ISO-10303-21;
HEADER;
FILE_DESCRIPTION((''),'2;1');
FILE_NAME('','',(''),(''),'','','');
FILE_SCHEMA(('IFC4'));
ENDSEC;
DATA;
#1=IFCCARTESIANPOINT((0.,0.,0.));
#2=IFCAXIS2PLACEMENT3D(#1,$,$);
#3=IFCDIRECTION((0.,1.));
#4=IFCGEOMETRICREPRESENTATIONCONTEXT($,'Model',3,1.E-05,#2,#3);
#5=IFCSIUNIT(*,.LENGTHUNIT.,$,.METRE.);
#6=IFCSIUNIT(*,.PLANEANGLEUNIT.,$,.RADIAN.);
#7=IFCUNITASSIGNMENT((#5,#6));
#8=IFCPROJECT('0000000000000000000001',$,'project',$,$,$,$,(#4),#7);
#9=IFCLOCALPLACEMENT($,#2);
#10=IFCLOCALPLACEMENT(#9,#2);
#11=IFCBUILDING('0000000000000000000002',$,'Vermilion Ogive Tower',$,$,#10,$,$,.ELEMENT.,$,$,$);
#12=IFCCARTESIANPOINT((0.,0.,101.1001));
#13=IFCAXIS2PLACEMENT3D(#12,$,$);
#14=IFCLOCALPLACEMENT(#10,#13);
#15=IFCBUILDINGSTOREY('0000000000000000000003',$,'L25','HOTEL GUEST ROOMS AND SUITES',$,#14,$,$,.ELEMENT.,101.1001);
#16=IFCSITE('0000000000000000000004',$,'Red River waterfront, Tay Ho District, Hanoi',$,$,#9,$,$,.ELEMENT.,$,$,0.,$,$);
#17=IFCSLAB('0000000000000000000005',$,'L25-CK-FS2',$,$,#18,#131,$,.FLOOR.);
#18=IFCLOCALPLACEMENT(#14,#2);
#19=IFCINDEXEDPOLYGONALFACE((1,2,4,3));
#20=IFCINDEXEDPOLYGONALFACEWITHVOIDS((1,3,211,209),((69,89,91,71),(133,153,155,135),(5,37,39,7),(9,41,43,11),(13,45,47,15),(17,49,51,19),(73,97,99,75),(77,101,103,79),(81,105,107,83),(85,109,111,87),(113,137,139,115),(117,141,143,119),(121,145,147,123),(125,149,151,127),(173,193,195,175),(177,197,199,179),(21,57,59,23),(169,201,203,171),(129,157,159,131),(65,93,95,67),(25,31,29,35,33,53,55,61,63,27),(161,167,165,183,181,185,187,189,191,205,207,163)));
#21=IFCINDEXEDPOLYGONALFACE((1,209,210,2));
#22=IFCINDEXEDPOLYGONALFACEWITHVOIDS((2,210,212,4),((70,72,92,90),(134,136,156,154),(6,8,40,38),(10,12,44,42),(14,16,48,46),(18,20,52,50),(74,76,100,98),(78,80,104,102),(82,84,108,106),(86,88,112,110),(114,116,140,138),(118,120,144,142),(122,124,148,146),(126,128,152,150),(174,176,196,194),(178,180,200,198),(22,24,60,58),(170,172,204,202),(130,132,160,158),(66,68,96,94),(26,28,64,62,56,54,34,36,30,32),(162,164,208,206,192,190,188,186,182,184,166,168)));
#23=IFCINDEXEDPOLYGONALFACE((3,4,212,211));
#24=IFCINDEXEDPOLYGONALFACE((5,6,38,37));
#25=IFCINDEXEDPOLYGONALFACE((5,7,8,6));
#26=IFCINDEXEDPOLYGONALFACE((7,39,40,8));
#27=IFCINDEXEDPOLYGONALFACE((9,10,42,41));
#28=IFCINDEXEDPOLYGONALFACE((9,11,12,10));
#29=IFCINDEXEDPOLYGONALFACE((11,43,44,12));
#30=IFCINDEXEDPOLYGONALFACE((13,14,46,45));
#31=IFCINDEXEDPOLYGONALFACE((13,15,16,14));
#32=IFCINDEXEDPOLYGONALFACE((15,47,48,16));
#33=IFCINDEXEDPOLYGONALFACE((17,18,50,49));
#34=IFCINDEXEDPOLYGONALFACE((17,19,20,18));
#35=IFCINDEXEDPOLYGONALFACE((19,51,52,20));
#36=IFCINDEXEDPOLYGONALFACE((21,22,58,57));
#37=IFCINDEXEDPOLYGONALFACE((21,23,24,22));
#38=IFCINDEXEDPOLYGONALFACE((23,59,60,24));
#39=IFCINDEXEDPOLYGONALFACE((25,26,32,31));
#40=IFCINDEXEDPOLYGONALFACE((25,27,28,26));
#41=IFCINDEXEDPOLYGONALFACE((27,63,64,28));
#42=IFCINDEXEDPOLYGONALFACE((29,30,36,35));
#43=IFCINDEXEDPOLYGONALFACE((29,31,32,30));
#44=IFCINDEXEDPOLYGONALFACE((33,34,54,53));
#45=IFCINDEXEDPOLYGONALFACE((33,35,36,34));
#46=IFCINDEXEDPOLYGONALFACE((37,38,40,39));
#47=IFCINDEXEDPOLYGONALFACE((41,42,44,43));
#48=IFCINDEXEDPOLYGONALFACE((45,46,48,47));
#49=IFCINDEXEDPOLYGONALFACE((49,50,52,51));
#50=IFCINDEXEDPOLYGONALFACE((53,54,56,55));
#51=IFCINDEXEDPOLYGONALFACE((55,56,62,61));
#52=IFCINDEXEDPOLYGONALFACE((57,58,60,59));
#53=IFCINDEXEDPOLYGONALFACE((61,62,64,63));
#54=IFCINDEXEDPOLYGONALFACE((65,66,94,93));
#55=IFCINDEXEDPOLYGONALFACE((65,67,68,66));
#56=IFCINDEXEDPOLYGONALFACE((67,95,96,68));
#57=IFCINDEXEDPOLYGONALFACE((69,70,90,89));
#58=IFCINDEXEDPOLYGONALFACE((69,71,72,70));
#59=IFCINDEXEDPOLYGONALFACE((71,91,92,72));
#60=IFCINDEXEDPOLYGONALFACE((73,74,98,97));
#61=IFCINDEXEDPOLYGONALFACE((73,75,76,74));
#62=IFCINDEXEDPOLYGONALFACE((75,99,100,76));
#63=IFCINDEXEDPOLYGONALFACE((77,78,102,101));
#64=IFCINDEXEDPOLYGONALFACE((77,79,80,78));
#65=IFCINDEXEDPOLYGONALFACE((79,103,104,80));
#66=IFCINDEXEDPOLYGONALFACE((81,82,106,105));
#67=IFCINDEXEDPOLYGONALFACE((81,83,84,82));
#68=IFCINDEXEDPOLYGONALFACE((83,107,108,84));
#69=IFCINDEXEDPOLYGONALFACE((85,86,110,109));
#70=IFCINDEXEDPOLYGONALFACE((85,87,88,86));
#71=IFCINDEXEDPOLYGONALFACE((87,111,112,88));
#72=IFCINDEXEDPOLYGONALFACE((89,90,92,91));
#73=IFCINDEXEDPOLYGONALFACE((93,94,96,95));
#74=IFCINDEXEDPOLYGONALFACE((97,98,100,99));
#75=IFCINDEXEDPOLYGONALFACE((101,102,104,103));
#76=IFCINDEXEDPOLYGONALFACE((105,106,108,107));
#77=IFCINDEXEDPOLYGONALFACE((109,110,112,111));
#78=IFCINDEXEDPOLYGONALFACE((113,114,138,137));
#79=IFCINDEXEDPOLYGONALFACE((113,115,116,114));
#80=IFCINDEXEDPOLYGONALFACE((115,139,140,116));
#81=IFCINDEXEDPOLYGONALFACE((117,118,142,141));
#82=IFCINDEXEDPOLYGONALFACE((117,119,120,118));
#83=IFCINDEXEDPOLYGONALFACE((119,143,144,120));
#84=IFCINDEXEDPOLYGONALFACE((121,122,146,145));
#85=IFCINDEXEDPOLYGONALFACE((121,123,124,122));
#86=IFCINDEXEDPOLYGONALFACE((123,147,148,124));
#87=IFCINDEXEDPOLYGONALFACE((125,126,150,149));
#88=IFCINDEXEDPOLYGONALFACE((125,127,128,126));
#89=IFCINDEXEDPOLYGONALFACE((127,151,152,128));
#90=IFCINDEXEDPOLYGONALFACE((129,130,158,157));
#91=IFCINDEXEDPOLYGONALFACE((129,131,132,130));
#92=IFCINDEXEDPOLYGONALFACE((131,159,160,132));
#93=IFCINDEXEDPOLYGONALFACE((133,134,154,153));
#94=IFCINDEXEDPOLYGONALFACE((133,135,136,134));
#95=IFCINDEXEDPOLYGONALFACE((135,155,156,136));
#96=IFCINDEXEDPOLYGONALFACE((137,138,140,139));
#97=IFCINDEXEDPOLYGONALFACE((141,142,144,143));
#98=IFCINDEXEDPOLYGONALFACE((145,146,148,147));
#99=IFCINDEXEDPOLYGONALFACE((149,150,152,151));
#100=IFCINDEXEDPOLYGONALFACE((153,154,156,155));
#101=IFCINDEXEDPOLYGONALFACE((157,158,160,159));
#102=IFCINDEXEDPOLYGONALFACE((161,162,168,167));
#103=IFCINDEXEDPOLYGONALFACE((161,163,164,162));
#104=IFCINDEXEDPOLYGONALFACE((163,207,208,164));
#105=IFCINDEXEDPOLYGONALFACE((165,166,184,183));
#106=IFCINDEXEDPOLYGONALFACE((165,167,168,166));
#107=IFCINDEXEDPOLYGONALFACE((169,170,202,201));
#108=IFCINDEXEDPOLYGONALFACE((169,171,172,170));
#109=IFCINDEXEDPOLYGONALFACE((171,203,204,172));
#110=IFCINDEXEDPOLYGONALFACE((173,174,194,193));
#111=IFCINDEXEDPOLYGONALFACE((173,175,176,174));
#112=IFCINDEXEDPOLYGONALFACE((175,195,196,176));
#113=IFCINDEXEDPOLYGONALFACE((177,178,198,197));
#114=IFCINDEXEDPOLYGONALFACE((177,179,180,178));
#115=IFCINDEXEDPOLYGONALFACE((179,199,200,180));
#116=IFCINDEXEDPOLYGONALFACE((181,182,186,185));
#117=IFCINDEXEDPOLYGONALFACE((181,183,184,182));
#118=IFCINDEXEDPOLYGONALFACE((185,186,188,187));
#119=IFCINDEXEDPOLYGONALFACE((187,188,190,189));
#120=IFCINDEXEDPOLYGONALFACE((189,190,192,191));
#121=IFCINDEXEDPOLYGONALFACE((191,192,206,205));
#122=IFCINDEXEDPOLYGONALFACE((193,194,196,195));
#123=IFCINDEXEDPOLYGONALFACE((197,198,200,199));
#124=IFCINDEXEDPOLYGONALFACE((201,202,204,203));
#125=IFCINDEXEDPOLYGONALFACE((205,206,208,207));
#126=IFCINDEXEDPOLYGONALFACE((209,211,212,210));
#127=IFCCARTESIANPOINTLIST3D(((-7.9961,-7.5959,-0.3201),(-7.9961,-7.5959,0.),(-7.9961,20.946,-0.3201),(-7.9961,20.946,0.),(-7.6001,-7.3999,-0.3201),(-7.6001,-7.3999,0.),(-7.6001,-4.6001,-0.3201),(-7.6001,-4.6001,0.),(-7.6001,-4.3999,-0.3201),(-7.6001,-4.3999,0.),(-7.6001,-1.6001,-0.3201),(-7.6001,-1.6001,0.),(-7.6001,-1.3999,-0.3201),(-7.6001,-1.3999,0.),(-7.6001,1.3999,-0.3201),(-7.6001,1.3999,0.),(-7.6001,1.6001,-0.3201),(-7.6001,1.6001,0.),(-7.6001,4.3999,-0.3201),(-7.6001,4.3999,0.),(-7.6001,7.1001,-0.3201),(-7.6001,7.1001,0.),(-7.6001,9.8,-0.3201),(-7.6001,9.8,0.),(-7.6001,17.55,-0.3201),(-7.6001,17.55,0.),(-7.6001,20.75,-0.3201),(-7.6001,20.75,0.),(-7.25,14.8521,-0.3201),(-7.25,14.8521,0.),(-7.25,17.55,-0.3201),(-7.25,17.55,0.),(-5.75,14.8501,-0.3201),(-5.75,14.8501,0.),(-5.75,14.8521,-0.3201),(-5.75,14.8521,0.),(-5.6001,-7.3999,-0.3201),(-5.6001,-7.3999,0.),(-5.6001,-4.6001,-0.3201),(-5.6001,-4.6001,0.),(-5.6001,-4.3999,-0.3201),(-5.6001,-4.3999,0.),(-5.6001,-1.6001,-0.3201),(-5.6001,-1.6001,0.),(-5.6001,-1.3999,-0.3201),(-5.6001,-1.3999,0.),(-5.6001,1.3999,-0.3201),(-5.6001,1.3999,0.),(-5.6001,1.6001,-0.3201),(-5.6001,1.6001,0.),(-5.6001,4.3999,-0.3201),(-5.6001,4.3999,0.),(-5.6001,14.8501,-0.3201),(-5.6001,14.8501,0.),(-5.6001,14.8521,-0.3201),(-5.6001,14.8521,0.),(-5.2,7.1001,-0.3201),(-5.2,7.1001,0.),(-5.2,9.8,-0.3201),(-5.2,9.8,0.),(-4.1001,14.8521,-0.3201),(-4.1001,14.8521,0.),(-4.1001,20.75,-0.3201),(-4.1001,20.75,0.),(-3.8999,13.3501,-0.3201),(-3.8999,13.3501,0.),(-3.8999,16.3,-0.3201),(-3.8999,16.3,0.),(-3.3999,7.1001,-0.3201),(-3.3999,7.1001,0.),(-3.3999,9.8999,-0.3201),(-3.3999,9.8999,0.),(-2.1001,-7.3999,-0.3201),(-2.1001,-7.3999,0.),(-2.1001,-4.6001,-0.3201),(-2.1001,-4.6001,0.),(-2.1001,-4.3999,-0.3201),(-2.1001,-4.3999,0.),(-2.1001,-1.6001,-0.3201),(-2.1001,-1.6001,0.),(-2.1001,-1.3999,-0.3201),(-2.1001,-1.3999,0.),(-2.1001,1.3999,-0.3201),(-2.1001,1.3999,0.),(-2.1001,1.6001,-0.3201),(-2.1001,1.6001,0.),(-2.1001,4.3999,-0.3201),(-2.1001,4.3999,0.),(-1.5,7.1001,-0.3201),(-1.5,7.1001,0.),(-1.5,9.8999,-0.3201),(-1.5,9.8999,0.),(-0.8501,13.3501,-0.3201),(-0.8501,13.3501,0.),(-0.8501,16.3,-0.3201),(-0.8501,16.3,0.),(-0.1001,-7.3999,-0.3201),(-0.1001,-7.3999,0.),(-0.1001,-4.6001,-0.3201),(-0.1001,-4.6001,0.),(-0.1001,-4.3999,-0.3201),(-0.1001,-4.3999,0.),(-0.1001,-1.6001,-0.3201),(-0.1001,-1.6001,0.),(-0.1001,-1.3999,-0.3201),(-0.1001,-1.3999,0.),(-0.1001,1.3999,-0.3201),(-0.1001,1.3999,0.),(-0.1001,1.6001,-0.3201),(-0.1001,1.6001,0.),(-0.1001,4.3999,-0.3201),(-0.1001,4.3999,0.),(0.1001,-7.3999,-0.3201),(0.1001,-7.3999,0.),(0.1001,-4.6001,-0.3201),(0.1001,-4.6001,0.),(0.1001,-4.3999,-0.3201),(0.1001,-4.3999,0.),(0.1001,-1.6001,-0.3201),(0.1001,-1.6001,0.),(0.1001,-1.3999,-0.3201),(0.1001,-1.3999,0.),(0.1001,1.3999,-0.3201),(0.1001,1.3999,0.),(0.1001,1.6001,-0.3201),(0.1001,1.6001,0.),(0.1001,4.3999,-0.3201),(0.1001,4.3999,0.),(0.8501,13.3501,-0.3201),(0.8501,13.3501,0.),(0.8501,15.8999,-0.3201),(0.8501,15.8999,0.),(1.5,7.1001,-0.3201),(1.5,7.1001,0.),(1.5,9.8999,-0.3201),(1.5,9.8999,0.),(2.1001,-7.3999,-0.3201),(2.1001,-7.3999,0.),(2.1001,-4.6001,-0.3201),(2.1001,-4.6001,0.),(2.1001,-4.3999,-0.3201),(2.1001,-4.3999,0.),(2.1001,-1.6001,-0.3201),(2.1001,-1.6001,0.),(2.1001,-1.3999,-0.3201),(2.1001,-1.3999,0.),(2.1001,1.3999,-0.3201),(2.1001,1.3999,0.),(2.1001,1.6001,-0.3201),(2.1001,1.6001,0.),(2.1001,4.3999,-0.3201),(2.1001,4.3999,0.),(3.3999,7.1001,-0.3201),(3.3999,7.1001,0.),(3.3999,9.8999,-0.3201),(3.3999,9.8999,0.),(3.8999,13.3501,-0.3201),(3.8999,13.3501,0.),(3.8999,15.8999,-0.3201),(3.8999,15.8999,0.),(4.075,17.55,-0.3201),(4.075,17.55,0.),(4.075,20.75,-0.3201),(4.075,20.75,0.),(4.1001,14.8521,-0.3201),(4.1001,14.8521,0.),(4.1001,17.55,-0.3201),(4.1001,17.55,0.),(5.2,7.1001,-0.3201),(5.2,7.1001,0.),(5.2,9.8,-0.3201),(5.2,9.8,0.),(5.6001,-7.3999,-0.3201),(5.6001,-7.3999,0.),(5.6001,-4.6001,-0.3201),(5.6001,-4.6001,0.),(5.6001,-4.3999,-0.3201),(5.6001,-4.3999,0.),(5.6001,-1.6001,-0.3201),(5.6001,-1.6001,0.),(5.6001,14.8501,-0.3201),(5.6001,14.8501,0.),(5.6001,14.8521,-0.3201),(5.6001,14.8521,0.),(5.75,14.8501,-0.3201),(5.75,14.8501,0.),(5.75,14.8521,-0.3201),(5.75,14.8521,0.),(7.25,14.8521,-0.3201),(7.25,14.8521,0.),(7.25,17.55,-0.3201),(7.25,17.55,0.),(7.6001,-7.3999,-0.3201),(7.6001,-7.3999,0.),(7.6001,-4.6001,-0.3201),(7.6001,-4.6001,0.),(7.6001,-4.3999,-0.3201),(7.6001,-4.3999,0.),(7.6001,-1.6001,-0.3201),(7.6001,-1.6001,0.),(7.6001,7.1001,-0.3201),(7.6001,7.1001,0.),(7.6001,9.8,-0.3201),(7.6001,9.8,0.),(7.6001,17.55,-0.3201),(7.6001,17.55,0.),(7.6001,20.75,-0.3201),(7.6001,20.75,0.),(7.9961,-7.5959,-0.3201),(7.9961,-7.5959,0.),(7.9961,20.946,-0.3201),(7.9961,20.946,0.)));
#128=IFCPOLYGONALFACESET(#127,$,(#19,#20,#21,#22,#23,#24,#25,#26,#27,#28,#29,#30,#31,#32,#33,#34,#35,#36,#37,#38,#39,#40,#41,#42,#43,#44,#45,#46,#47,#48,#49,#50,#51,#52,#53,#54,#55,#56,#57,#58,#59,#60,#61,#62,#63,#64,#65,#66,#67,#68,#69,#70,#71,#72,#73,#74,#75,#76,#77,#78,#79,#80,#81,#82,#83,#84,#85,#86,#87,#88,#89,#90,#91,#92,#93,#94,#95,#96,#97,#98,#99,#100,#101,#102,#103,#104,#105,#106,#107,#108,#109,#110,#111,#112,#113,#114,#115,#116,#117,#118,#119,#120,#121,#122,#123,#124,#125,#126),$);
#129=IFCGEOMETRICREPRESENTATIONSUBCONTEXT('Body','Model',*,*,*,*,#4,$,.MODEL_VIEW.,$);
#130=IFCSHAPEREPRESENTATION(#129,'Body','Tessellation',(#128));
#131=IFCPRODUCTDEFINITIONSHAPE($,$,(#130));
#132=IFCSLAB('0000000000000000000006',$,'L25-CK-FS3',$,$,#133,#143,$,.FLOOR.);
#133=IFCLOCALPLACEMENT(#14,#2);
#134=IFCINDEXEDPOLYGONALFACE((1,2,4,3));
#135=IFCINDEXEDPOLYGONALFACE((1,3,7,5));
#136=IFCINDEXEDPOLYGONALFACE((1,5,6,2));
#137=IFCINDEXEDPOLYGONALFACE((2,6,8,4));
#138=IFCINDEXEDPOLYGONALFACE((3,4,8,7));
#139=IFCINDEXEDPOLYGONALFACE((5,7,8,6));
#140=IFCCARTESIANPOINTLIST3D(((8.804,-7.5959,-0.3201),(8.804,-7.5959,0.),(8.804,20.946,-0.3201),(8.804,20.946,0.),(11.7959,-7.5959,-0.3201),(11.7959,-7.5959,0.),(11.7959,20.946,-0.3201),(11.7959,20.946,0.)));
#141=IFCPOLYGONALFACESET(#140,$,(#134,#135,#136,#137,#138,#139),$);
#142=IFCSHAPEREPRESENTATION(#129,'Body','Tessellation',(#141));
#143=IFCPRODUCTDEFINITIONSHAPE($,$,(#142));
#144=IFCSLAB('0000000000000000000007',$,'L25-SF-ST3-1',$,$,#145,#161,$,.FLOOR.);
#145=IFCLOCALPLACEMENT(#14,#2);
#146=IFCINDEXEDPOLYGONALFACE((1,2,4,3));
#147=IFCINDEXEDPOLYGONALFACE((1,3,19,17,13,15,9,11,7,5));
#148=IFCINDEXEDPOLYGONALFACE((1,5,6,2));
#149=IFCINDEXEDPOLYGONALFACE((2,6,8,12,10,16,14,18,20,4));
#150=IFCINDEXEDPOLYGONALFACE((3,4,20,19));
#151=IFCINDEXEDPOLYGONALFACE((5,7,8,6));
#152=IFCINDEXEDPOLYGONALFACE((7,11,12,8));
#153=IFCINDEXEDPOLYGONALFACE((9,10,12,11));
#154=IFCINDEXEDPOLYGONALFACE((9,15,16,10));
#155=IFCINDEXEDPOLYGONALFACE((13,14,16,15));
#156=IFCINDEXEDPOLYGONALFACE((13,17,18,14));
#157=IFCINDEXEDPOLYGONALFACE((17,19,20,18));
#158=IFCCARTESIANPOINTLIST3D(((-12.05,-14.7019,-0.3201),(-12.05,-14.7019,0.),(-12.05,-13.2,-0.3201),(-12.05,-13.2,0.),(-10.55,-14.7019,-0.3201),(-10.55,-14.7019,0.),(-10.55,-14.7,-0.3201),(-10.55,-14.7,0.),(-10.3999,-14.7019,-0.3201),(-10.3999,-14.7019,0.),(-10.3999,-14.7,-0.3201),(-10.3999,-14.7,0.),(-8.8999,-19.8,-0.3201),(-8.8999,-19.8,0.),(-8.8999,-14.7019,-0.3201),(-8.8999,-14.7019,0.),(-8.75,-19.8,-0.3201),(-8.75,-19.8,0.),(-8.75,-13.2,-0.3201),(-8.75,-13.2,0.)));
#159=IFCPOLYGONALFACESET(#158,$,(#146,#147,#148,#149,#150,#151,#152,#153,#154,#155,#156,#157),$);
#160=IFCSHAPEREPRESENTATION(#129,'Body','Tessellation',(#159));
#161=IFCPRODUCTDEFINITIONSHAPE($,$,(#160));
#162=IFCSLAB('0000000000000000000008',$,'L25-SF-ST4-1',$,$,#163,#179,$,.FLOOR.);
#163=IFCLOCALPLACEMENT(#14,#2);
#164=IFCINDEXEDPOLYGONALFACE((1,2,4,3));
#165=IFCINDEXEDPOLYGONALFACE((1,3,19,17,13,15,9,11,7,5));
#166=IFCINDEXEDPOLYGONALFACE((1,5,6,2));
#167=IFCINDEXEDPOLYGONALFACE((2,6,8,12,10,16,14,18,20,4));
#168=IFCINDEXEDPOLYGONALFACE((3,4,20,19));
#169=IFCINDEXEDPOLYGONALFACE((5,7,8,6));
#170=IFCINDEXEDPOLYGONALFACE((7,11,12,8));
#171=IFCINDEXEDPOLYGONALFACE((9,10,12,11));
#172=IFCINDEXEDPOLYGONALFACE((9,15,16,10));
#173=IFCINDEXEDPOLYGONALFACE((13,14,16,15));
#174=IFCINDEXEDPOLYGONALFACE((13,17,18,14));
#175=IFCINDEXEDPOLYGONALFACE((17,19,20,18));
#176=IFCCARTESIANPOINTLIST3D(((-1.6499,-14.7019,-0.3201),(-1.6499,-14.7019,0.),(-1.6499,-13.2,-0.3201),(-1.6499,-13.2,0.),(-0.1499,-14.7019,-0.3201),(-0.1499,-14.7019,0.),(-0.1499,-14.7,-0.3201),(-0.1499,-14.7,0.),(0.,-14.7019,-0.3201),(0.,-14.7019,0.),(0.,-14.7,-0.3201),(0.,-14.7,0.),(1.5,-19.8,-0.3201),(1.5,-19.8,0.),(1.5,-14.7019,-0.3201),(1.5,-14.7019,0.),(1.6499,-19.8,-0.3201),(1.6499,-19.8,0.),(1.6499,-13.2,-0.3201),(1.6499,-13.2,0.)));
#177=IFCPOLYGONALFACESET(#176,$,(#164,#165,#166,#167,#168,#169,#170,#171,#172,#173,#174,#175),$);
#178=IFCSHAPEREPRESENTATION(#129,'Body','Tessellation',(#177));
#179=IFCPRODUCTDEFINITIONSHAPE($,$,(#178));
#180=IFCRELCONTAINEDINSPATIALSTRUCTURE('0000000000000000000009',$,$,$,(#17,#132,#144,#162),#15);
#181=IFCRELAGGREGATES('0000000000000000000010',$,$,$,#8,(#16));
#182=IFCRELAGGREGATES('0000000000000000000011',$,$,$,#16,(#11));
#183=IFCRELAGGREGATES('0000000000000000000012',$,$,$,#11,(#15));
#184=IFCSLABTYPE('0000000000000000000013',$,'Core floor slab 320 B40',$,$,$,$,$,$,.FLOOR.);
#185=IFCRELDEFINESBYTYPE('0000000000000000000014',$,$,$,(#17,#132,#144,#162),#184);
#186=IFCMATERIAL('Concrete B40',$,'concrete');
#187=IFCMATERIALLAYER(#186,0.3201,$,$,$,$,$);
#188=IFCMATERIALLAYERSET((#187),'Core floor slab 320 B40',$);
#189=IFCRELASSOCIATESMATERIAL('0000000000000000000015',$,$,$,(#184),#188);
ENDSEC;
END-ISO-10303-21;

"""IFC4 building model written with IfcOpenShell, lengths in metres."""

from ifc_helpers import new_model, si_unit, direction, frame, origin, place, context, subcontext, project, spatial, polyline, outline, extrude, material, layer, layer_set, type_object, element, save


model = new_model("IFC4")

# Units and contexts
model_context = context("Model", 3, precision=1e-05, world=origin(), true_north=direction((0.0, 1.0)))
body_context = subcontext(model_context, "Body", "Model", "MODEL_VIEW")
ifc_project = project(units=[si_unit("LENGTHUNIT", "METRE"), si_unit("PLANEANGLEUNIT", "RADIAN")], contexts=[model_context])

# Site, building, storey
site_placement = place(None, origin())
site = spatial("IfcSite", under=ifc_project, at=site_placement, Name="Red River waterfront, Tay Ho District, Hanoi", CompositionType="ELEMENT", RefElevation=0.0)
building_placement = place(site_placement, origin())
building = spatial("IfcBuilding", under=site, at=building_placement, Name="Vermilion Ogive Tower", CompositionType="ELEMENT")
storey_placement = place(building_placement, frame((0.0, 0.0, 101.1001)))
storey = spatial("IfcBuildingStorey", under=building, at=storey_placement, Name="L25", Description="HOTEL GUEST ROOMS AND SUITES", CompositionType="ELEMENT", Elevation=101.1001)

# Slabs
ifc_material_1 = material(Name="Concrete B40", Category="concrete")
ifc_layer_1 = layer(ifc_material_1, 0.3201)
ifc_layer_set_1 = layer_set([ifc_layer_1], Name="Core floor slab 320 B40")
slab_type = type_object("IfcSlabType", Name="Core floor slab 320 B40", PredefinedType="FLOOR", material=ifc_layer_set_1)
slab_1_placement = place(storey_placement, frame((0.0, 0.0, -0.3201)))
element("IfcSlab", 1, at=slab_1_placement, inside=storey, type_object=slab_type, Name="L25-CK-FS2", PredefinedType="FLOOR", context=body_context, shape_type="SweptSolid", body=[
    extrude(outline(polyline([(-7.9961, 20.946), (-7.9961, -7.5959), (7.9961, -7.5959), (7.9961, 20.946), (-7.9961, 20.946)]), holes=[polyline([(-7.6001, -4.6001), (-5.6001, -4.6001), (-5.6001, -7.3999), (-7.6001, -7.3999), (-7.6001, -4.6001)]), polyline([(-2.1001, -4.6001), (-0.1001, -4.6001), (-0.1001, -7.3999), (-2.1001, -7.3999), (-2.1001, -4.6001)]), polyline([(-7.6001, -4.3999), (-7.6001, -1.6001), (-5.6001, -1.6001), (-5.6001, -4.3999), (-7.6001, -4.3999)]), polyline([(-2.1001, -1.6001), (-0.1001, -1.6001), (-0.1001, -4.3999), (-2.1001, -4.3999), (-2.1001, -1.6001)]), polyline([(-7.6001, -1.3999), (-7.6001, 1.3999), (-5.6001, 1.3999), (-5.6001, -1.3999), (-7.6001, -1.3999)]), polyline([(-2.1001, 1.3999), (-0.1001, 1.3999), (-0.1001, -1.3999), (-2.1001, -1.3999), (-2.1001, 1.3999)]), polyline([(-7.6001, 4.3999), (-5.6001, 4.3999), (-5.6001, 1.6001), (-7.6001, 1.6001), (-7.6001, 4.3999)]), polyline([(-2.1001, 4.3999), (-0.1001, 4.3999), (-0.1001, 1.6001), (-2.1001, 1.6001), (-2.1001, 4.3999)]), polyline([(-7.6001, 9.8), (-5.2, 9.8), (-5.2, 7.1001), (-7.6001, 7.1001), (-7.6001, 9.8)]), polyline([(-3.3999, 9.8999), (-1.5, 9.8999), (-1.5, 7.1001), (-3.3999, 7.1001), (-3.3999, 9.8999)]), polyline([(-3.8999, 16.3), (-0.8501, 16.3), (-0.8501, 13.3501), (-3.8999, 13.3501), (-3.8999, 16.3)]), polyline([(-7.6001, 17.55), (-7.6001, 20.75), (-4.1001, 20.75), (-4.1001, 14.8521), (-5.6001, 14.8521), (-5.6001, 14.8501), (-5.75, 14.8501), (-5.75, 14.8521), (-7.25, 14.8521), (-7.25, 17.55), (-7.6001, 17.55)]), polyline([(0.1001, -4.6001), (2.1001, -4.6001), (2.1001, -7.3999), (0.1001, -7.3999), (0.1001, -4.6001)]), polyline([(5.6001, -4.6001), (7.6001, -4.6001), (7.6001, -7.3999), (5.6001, -7.3999), (5.6001, -4.6001)]), polyline([(0.1001, -1.6001), (2.1001, -1.6001), (2.1001, -4.3999), (0.1001, -4.3999), (0.1001, -1.6001)]), polyline([(5.6001, -1.6001), (7.6001, -1.6001), (7.6001, -4.3999), (5.6001, -4.3999), (5.6001, -1.6001)]), polyline([(0.1001, 1.3999), (2.1001, 1.3999), (2.1001, -1.3999), (0.1001, -1.3999), (0.1001, 1.3999)]), polyline([(0.1001, 4.3999), (2.1001, 4.3999), (2.1001, 1.6001), (0.1001, 1.6001), (0.1001, 4.3999)]), polyline([(5.2, 9.8), (7.6001, 9.8), (7.6001, 7.1001), (5.2, 7.1001), (5.2, 9.8)]), polyline([(1.5, 9.8999), (3.3999, 9.8999), (3.3999, 7.1001), (1.5, 7.1001), (1.5, 9.8999)]), polyline([(0.8501, 15.8999), (3.8999, 15.8999), (3.8999, 13.3501), (0.8501, 13.3501), (0.8501, 15.8999)]), polyline([(5.75, 14.8501), (5.6001, 14.8501), (5.6001, 14.8521), (4.1001, 14.8521), (4.1001, 17.55), (4.075, 17.55), (4.075, 20.75), (7.6001, 20.75), (7.6001, 17.55), (7.25, 17.55), (7.25, 14.8521), (5.75, 14.8521), (5.75, 14.8501)])]), origin(), (0.0, 0.0, 1.0), 0.3201),
])
slab_2_placement = place(storey_placement, frame((0.0, 0.0, -0.3201)))
element("IfcSlab", 2, at=slab_2_placement, inside=storey, type_object=slab_type, Name="L25-CK-FS3", PredefinedType="FLOOR", context=body_context, shape_type="SweptSolid", body=[
    extrude(outline(polyline([(11.7959, -7.5959), (8.804, -7.5959), (8.804, 20.946), (11.7959, 20.946), (11.7959, -7.5959)])), origin(), (0.0, 0.0, 1.0), 0.3201),
])
slab_3_placement = place(storey_placement, frame((0.0, 0.0, -0.3201)))
element("IfcSlab", 3, at=slab_3_placement, inside=storey, type_object=slab_type, Name="L25-SF-ST3-1", PredefinedType="FLOOR", context=body_context, shape_type="SweptSolid", body=[
    extrude(outline(polyline([(-12.05, -13.2), (-12.05, -14.7019), (-10.55, -14.7019), (-10.55, -14.7), (-10.3999, -14.7), (-10.3999, -14.7019), (-8.8999, -14.7019), (-8.8999, -19.8), (-8.75, -19.8), (-8.75, -13.2), (-12.05, -13.2)])), origin(), (0.0, 0.0, 1.0), 0.3201),
])
slab_4_placement = place(storey_placement, frame((0.0, 0.0, -0.3201)))
element("IfcSlab", 4, at=slab_4_placement, inside=storey, type_object=slab_type, Name="L25-SF-ST4-1", PredefinedType="FLOOR", context=body_context, shape_type="SweptSolid", body=[
    extrude(outline(polyline([(-1.6499, -13.2), (-1.6499, -14.7019), (-0.1499, -14.7019), (-0.1499, -14.7), (0.0, -14.7), (0.0, -14.7019), (1.5, -14.7019), (1.5, -19.8), (1.6499, -19.8), (1.6499, -13.2), (-1.6499, -13.2)])), origin(), (0.0, 0.0, 1.0), 0.3201),
])

save(model, "model.ifc")
